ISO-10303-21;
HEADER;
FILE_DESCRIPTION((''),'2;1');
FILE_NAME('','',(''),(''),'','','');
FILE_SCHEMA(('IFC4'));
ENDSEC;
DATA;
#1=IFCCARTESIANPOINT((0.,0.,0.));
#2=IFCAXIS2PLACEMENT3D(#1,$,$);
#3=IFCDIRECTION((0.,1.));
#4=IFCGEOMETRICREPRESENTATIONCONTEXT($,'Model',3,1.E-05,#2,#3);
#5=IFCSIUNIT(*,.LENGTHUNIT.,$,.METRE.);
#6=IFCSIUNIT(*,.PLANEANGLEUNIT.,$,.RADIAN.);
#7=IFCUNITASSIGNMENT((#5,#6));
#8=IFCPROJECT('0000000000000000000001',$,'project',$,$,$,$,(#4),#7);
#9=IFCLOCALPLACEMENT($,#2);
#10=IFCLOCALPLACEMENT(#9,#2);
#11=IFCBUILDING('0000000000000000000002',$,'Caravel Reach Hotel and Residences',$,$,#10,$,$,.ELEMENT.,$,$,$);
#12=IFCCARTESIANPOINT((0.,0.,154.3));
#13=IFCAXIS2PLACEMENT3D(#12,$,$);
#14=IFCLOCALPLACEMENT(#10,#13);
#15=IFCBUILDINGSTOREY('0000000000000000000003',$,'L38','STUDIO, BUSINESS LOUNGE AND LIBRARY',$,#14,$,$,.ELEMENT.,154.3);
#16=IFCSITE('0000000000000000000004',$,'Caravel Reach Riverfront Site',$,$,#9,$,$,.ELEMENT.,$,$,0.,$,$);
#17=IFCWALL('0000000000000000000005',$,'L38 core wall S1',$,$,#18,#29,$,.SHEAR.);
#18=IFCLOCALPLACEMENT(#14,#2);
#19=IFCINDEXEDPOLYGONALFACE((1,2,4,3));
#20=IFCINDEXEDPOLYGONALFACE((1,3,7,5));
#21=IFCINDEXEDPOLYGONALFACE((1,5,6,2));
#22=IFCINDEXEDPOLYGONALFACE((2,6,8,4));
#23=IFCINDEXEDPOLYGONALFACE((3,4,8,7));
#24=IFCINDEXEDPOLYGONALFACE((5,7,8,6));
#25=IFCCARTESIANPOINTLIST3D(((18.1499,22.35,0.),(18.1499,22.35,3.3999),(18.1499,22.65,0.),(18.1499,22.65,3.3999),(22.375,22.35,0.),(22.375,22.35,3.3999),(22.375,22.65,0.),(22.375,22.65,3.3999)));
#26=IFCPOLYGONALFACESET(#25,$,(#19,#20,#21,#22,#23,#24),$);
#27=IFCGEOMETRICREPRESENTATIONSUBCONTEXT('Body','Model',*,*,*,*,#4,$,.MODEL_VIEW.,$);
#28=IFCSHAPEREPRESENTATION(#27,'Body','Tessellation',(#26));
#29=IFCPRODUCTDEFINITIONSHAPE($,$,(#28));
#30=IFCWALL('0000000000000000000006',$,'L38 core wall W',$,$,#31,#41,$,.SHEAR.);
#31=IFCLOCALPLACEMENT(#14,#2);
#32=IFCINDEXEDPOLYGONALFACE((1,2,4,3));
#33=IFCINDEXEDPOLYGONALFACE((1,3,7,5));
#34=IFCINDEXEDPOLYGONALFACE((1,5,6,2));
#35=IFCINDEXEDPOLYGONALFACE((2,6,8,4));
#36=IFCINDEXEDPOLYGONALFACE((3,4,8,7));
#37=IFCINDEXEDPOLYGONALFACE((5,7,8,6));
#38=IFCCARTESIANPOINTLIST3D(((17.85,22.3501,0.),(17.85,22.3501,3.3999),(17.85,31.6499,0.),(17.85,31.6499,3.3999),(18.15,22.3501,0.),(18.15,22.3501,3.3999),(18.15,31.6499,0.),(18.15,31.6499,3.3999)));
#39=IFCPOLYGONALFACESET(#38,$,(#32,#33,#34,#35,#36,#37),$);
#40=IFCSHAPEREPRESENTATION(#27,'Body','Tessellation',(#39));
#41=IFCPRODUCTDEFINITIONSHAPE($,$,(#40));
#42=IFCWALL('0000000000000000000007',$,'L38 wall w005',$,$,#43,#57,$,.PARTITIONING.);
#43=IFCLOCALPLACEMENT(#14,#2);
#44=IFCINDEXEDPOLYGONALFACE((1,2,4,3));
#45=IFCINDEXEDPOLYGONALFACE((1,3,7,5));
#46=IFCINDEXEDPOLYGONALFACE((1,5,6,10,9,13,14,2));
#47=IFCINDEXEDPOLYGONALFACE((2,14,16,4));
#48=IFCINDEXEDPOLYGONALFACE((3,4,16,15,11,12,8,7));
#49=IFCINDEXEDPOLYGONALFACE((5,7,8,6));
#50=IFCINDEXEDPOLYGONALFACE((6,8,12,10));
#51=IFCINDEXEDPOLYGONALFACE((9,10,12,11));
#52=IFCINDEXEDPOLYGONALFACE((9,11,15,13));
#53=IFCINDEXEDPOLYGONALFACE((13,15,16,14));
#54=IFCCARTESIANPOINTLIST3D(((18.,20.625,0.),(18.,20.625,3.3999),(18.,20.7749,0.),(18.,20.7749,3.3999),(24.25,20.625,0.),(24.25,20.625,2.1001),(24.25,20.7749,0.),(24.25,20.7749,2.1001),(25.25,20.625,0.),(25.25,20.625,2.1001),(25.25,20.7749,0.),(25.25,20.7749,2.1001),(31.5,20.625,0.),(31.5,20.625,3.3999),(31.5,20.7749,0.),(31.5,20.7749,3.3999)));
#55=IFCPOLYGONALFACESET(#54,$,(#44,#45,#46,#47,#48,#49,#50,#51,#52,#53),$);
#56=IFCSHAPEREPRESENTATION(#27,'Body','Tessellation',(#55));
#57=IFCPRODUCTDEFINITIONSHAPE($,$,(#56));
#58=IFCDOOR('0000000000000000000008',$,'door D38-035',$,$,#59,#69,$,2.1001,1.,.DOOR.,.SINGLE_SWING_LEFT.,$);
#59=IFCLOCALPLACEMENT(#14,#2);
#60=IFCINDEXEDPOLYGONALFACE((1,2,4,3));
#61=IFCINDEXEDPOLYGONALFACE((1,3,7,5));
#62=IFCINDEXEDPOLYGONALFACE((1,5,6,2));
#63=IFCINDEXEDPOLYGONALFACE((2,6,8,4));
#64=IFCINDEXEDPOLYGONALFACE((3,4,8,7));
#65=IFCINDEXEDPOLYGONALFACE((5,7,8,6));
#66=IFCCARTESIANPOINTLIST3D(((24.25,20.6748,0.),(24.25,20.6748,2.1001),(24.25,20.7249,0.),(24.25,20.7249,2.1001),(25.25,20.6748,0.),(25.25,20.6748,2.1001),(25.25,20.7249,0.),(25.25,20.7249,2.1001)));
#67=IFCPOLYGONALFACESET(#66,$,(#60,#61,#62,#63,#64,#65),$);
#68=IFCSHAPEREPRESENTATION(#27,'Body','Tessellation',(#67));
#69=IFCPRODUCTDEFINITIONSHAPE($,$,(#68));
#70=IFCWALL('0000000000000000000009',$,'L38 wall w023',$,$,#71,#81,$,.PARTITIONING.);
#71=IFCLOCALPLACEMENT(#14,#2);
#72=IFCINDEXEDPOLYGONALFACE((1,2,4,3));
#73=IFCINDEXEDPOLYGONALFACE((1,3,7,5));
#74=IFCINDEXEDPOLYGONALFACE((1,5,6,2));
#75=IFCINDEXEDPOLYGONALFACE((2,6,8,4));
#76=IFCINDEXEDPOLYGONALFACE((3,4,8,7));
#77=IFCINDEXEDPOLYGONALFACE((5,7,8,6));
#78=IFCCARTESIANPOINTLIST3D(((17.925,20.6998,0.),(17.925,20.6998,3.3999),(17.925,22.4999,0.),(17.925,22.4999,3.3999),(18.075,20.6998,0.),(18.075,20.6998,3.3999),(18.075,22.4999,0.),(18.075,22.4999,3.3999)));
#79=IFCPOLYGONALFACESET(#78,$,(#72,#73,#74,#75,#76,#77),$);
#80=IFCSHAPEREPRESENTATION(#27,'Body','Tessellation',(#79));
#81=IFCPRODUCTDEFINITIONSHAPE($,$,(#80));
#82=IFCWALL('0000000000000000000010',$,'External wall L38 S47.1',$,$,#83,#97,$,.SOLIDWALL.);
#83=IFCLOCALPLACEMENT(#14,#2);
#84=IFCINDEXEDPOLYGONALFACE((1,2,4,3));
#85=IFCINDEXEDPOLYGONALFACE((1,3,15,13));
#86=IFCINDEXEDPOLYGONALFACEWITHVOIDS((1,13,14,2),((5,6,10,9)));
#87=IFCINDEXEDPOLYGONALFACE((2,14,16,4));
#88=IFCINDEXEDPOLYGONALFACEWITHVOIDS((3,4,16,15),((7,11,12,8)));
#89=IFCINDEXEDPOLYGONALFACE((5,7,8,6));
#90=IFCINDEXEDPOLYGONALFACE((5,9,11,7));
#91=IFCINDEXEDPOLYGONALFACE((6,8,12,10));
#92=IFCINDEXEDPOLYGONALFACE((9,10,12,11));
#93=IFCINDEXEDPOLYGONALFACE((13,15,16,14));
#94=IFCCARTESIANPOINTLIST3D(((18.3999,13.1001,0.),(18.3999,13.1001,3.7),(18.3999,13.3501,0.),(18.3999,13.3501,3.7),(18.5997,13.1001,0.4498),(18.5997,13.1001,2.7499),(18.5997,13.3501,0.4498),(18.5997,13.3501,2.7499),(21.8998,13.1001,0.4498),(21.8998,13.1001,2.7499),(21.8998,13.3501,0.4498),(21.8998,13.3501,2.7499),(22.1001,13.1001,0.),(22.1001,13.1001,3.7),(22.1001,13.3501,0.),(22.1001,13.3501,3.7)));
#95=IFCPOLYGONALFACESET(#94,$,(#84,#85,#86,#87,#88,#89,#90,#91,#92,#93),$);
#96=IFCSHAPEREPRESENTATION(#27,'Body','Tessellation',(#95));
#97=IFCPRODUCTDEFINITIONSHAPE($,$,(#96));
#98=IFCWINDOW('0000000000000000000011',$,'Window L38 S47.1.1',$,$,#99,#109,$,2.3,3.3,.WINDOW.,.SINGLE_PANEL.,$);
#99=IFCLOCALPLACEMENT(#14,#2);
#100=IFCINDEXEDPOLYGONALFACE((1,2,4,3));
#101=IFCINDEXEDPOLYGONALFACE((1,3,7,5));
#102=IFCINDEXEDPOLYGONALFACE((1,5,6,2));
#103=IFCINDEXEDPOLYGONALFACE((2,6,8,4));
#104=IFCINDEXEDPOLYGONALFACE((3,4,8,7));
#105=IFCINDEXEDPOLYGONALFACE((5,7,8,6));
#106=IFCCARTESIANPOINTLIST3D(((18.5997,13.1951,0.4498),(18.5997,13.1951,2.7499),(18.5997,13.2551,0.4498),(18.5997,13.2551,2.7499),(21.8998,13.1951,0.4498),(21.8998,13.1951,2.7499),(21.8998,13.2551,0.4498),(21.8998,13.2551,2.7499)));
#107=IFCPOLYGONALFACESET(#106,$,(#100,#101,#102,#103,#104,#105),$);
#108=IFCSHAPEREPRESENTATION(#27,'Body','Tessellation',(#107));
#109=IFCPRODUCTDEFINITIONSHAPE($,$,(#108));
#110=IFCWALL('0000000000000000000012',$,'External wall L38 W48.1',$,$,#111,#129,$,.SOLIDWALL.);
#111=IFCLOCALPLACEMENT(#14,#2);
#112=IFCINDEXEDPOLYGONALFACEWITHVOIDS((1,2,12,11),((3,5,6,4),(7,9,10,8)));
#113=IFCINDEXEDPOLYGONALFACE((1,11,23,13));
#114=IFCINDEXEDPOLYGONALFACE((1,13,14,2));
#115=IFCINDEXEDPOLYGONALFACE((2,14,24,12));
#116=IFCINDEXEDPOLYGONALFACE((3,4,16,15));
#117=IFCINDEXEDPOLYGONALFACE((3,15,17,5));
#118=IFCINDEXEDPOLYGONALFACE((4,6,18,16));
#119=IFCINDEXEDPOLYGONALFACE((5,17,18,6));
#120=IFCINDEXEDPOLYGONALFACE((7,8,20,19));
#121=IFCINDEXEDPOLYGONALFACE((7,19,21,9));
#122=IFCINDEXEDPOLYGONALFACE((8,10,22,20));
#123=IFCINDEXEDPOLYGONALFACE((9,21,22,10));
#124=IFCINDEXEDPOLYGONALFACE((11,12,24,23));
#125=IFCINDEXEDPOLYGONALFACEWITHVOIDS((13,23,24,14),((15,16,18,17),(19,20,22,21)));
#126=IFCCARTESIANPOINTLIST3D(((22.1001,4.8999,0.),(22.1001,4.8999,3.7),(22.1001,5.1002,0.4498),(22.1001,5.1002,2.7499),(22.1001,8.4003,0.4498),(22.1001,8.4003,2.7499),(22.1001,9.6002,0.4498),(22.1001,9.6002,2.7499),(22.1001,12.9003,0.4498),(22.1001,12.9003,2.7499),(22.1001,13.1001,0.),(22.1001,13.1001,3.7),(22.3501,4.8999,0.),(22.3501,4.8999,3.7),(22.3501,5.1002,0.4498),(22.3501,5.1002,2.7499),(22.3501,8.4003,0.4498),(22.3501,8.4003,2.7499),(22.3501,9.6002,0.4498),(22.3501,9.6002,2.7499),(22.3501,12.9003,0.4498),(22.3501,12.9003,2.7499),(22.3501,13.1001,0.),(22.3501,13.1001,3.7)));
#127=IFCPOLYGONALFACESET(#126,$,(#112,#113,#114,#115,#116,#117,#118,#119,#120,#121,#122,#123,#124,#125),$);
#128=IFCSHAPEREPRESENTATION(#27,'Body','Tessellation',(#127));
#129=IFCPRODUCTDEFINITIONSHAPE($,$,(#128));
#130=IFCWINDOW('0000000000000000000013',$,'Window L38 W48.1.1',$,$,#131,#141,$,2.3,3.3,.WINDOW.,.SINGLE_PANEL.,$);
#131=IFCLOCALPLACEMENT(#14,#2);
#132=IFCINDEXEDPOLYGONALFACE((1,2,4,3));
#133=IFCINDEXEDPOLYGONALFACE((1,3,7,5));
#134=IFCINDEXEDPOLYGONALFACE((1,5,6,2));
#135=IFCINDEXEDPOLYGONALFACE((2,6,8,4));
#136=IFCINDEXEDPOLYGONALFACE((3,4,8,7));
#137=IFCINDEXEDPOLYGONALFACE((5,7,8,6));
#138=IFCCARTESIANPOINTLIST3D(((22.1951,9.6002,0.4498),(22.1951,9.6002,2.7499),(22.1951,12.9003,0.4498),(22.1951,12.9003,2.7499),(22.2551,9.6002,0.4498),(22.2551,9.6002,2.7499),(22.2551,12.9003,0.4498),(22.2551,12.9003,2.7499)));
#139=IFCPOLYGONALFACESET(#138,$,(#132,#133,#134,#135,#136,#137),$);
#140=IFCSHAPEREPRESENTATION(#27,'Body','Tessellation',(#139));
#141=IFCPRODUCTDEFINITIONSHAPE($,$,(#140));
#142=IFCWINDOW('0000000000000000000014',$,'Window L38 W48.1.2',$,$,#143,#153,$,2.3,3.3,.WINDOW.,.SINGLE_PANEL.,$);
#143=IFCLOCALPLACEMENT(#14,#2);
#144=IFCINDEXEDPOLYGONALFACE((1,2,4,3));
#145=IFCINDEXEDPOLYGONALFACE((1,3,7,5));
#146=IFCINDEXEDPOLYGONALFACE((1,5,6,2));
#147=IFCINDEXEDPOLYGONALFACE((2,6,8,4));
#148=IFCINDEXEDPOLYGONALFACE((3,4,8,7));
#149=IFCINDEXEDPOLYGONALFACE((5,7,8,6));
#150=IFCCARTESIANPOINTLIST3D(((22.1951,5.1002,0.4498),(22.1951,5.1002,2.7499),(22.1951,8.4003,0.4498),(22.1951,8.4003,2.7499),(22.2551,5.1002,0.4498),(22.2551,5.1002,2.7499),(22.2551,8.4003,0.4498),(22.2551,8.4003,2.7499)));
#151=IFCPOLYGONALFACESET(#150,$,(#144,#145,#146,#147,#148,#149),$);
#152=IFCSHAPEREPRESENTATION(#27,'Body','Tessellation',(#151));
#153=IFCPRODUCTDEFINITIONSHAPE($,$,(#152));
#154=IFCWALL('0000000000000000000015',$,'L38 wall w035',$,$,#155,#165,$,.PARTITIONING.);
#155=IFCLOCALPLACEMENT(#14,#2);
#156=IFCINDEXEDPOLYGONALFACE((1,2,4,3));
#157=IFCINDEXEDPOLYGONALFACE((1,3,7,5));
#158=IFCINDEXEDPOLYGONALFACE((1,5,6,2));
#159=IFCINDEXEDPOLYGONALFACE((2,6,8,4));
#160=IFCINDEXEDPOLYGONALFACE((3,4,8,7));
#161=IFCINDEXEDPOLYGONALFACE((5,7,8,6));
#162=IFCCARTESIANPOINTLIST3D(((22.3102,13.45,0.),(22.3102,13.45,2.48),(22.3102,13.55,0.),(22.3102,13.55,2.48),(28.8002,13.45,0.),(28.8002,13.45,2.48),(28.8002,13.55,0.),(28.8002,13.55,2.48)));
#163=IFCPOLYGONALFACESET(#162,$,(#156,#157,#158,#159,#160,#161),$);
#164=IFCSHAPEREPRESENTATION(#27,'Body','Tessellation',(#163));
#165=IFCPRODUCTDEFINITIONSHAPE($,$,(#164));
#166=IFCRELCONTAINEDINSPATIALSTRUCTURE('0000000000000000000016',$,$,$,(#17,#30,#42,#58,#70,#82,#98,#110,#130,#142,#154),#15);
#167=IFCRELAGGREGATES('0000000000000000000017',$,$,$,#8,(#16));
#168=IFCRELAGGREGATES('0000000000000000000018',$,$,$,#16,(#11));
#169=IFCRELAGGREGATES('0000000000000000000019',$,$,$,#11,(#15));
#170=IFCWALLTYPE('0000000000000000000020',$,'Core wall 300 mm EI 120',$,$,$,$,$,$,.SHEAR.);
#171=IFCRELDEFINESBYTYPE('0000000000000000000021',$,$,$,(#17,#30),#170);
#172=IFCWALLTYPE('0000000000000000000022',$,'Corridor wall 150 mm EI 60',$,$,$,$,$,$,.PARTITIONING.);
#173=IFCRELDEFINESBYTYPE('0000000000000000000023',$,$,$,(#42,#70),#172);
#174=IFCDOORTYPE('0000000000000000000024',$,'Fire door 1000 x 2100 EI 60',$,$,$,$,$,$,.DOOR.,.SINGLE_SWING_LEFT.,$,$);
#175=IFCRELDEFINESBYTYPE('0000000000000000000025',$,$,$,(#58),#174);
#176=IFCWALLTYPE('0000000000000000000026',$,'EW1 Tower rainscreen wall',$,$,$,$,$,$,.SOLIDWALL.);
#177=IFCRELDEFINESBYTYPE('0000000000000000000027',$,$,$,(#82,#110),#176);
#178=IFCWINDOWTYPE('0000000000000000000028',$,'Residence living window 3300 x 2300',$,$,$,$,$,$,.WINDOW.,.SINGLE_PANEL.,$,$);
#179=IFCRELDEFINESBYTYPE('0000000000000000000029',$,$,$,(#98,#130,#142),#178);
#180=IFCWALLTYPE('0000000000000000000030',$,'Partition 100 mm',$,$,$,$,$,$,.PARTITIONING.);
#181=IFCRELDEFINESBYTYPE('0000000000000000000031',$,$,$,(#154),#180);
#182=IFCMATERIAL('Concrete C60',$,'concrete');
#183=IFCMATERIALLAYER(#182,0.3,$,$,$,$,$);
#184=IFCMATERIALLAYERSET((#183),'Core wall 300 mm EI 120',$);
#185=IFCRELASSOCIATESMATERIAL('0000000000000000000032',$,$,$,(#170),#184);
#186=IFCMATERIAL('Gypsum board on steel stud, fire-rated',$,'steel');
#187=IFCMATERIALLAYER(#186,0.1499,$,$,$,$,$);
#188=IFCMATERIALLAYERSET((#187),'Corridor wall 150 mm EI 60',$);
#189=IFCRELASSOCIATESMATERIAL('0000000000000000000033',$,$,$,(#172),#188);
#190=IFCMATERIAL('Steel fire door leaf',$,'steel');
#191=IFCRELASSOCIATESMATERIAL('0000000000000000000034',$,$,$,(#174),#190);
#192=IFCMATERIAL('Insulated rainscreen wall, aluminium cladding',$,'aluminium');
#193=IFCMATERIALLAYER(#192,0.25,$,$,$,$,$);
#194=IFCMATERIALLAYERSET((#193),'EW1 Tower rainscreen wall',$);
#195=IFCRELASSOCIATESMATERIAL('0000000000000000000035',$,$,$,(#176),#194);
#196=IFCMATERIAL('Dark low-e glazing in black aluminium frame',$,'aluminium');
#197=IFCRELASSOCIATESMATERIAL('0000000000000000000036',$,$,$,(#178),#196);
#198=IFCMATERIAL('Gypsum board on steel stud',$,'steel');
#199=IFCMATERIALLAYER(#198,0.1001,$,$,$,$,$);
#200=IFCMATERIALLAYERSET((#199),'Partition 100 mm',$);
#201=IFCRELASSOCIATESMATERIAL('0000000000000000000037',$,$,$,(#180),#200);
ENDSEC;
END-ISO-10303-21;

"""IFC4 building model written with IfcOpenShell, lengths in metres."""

from ifc_helpers import new_model, si_unit, direction, frame, frame_2d, origin, place, context, subcontext, project, spatial, rectangle, extrude, material, layer, layer_set, type_object, element, fill, save


model = new_model("IFC4")

# Units and contexts
model_context = context("Model", 3, precision=1e-05, world=origin(), true_north=direction((0.0, 1.0)))
body_context = subcontext(model_context, "Body", "Model", "MODEL_VIEW")
ifc_project = project(units=[si_unit("LENGTHUNIT", "METRE"), si_unit("PLANEANGLEUNIT", "RADIAN")], contexts=[model_context])

# Site, building, storey
site_placement = place(None, origin())
site = spatial("IfcSite", under=ifc_project, at=site_placement, Name="Caravel Reach Riverfront Site", CompositionType="ELEMENT", RefElevation=0.0)
building_placement = place(site_placement, origin())
building = spatial("IfcBuilding", under=site, at=building_placement, Name="Caravel Reach Hotel and Residences", CompositionType="ELEMENT")
storey_placement = place(building_placement, frame((0.0, 0.0, 154.3)))
storey = spatial("IfcBuildingStorey", under=building, at=storey_placement, Name="L38", Description="STUDIO, BUSINESS LOUNGE AND LIBRARY", CompositionType="ELEMENT", Elevation=154.3)

# Walls
ifc_material_1 = material(Name="Concrete C60", Category="concrete")
ifc_layer_1 = layer(ifc_material_1, 0.3)
ifc_layer_set_1 = layer_set([ifc_layer_1], Name="Core wall 300 mm EI 120")
wall_type_1 = type_object("IfcWallType", Name="Core wall 300 mm EI 120", PredefinedType="SHEAR", material=ifc_layer_set_1)
wall_1_placement = place(storey_placement, frame((18.1499, 22.5, 0.0), z_axis=(0.0, 0.0, 1.0), x_axis=(1.0, 0.0, 0.0)))
element("IfcWall", 1, at=wall_1_placement, inside=storey, type_object=wall_type_1, Name="L38 core wall S1", PredefinedType="SHEAR", context=body_context, shape_type="SweptSolid", body=[
    extrude(rectangle(XDim=4.2251, YDim=0.3, at=frame_2d((2.1125, 0.0))), origin(), (0.0, 0.0, 1.0), 3.3999),
])
wall_2_placement = place(storey_placement, frame((18.0, 22.3501, 0.0), z_axis=(0.0, 0.0, 1.0), x_axis=(0.0, 1.0, 0.0)))
element("IfcWall", 2, at=wall_2_placement, inside=storey, type_object=wall_type_1, Name="L38 core wall W", PredefinedType="SHEAR", context=body_context, shape_type="SweptSolid", body=[
    extrude(rectangle(XDim=9.2998, YDim=0.3, at=frame_2d((4.6499, 0.0))), origin(), (0.0, 0.0, 1.0), 3.3999),
])

# Wall, opening, door
ifc_material_2 = material(Name="Gypsum board on steel stud, fire-rated", Category="steel")
ifc_layer_2 = layer(ifc_material_2, 0.1499)
ifc_layer_set_2 = layer_set([ifc_layer_2], Name="Corridor wall 150 mm EI 60")
wall_type_2 = type_object("IfcWallType", Name="Corridor wall 150 mm EI 60", PredefinedType="PARTITIONING", material=ifc_layer_set_2)
wall_3_placement = place(storey_placement, frame((18.0, 20.7, 0.0), z_axis=(0.0, 0.0, 1.0), x_axis=(1.0, 0.0, 0.0)))
wall_3 = element("IfcWall", 3, at=wall_3_placement, inside=storey, type_object=wall_type_2, Name="L38 wall w005", PredefinedType="PARTITIONING", context=body_context, shape_type="SweptSolid", body=[
    extrude(rectangle(XDim=13.5, YDim=0.1499, at=frame_2d((6.75, 0.0))), origin(), (0.0, 0.0, 1.0), 3.3999),
])
opening_1_placement = place(wall_3_placement, frame((6.25, 0.0, 0.0)))
opening_1 = element("IfcOpeningElement", 4, at=opening_1_placement, cuts=wall_3, PredefinedType="OPENING", context=body_context, shape_type="SweptSolid", body=[
    extrude(rectangle(XDim=1.0, YDim=2.1001, at=frame_2d((0.5, 1.05))), frame((0.0, 0.085, 0.0), z_axis=(0.0, -1.0, 0.0), x_axis=(1.0, 0.0, 0.0)), (0.0, 0.0, 1.0), 0.1699),
])
ifc_material_3 = material(Name="Steel fire door leaf", Category="steel")
door_type_1 = type_object("IfcDoorType", Name="Fire door 1000 x 2100 EI 60", OperationType="SINGLE_SWING_LEFT", PredefinedType="DOOR", material=ifc_material_3)
door_1_placement = place(opening_1_placement, origin())
door_1 = element("IfcDoor", 5, at=door_1_placement, inside=storey, type_object=door_type_1, Name="door D38-035", OperationType="SINGLE_SWING_LEFT", OverallHeight=2.1001, OverallWidth=1.0, PredefinedType="DOOR", context=body_context, shape_type="SweptSolid", body=[
    extrude(rectangle(XDim=1.0, YDim=2.1001, at=frame_2d((0.5, 1.05))), frame((0.0, 0.0249, 0.0), z_axis=(0.0, -1.0, 0.0), x_axis=(1.0, 0.0, 0.0)), (0.0, 0.0, 1.0), 0.05),
])
fill(opening_1, door_1)

# Wall
wall_4_placement = place(storey_placement, frame((18.0, 20.7, 0.0), z_axis=(0.0, 0.0, 1.0), x_axis=(0.0, 1.0, 0.0)))
element("IfcWall", 6, at=wall_4_placement, inside=storey, type_object=wall_type_2, Name="L38 wall w023", PredefinedType="PARTITIONING", context=body_context, shape_type="SweptSolid", body=[
    extrude(rectangle(XDim=1.8, YDim=0.1499, at=frame_2d((0.8999, 0.0))), origin(), (0.0, 0.0, 1.0), 3.3999),
])

# Wall, opening, window
ifc_material_4 = material(Name="Insulated rainscreen wall, aluminium cladding", Category="aluminium")
ifc_layer_3 = layer(ifc_material_4, 0.25)
ifc_layer_set_3 = layer_set([ifc_layer_3], Name="EW1 Tower rainscreen wall")
wall_type_3 = type_object("IfcWallType", Name="EW1 Tower rainscreen wall", PredefinedType="SOLIDWALL", material=ifc_layer_set_3)
wall_5_placement = place(storey_placement, frame((18.3999, 13.2251, 0.0), z_axis=(0.0, 0.0, 1.0), x_axis=(1.0, 0.0, 0.0)))
wall_5 = element("IfcWall", 7, at=wall_5_placement, inside=storey, type_object=wall_type_3, Name="External wall L38 S47.1", PredefinedType="SOLIDWALL", context=body_context, shape_type="SweptSolid", body=[
    extrude(rectangle(XDim=3.7002, YDim=0.25, at=frame_2d((1.8501, 0.0))), origin(), (0.0, 0.0, 1.0), 3.7),
])
opening_2_placement = place(wall_5_placement, frame((0.2, 0.0, 0.45)))
opening_2 = element("IfcOpeningElement", 8, at=opening_2_placement, cuts=wall_5, PredefinedType="OPENING", context=body_context, shape_type="SweptSolid", body=[
    extrude(rectangle(XDim=3.3, YDim=2.3, at=frame_2d((1.6499, 1.1499))), frame((0.0, 0.135, 0.0), z_axis=(0.0, -1.0, 0.0), x_axis=(1.0, 0.0, 0.0)), (0.0, 0.0, 1.0), 0.27),
])
ifc_material_5 = material(Name="Dark low-e glazing in black aluminium frame", Category="aluminium")
window_type = type_object("IfcWindowType", Name="Residence living window 3300 x 2300", PartitioningType="SINGLE_PANEL", PredefinedType="WINDOW", material=ifc_material_5)
window_1_placement = place(opening_2_placement, origin())
window_1 = element("IfcWindow", 9, at=window_1_placement, inside=storey, type_object=window_type, Name="Window L38 S47.1.1", OverallHeight=2.3, OverallWidth=3.3, PartitioningType="SINGLE_PANEL", PredefinedType="WINDOW", context=body_context, shape_type="SweptSolid", body=[
    extrude(rectangle(XDim=3.3, YDim=2.3, at=frame_2d((1.6499, 1.1499))), frame((0.0, 0.03, 0.0), z_axis=(0.0, -1.0, 0.0), x_axis=(1.0, 0.0, 0.0)), (0.0, 0.0, 1.0), 0.0601),
])
fill(opening_2, window_1)

# Wall, openings, windows
wall_6_placement = place(storey_placement, frame((22.2251, 13.1001, 0.0), z_axis=(0.0, 0.0, 1.0), x_axis=(0.0, -1.0, 0.0)))
wall_6 = element("IfcWall", 10, at=wall_6_placement, inside=storey, type_object=wall_type_3, Name="External wall L38 W48.1", PredefinedType="SOLIDWALL", context=body_context, shape_type="SweptSolid", body=[
    extrude(rectangle(XDim=8.2002, YDim=0.25, at=frame_2d((4.1001, 0.0))), origin(), (0.0, 0.0, 1.0), 3.7),
])
opening_3_placement = place(wall_6_placement, frame((0.2, 0.0, 0.45)))
opening_3 = element("IfcOpeningElement", 11, at=opening_3_placement, cuts=wall_6, PredefinedType="OPENING", context=body_context, shape_type="SweptSolid", body=[
    extrude(rectangle(XDim=3.3, YDim=2.3, at=frame_2d((1.6499, 1.1499))), frame((0.0, 0.135, 0.0), z_axis=(0.0, -1.0, 0.0), x_axis=(1.0, 0.0, 0.0)), (0.0, 0.0, 1.0), 0.27),
])
opening_4_placement = place(wall_6_placement, frame((4.7, 0.0, 0.45)))
opening_4 = element("IfcOpeningElement", 12, at=opening_4_placement, cuts=wall_6, PredefinedType="OPENING", context=body_context, shape_type="SweptSolid", body=[
    extrude(rectangle(XDim=3.3, YDim=2.3, at=frame_2d((1.6499, 1.1499))), frame((0.0, 0.135, 0.0), z_axis=(0.0, -1.0, 0.0), x_axis=(1.0, 0.0, 0.0)), (0.0, 0.0, 1.0), 0.27),
])
window_2_placement = place(opening_3_placement, origin())
window_2 = element("IfcWindow", 13, at=window_2_placement, inside=storey, type_object=window_type, Name="Window L38 W48.1.1", OverallHeight=2.3, OverallWidth=3.3, PartitioningType="SINGLE_PANEL", PredefinedType="WINDOW", context=body_context, shape_type="SweptSolid", body=[
    extrude(rectangle(XDim=3.3, YDim=2.3, at=frame_2d((1.6499, 1.1499))), frame((0.0, 0.03, 0.0), z_axis=(0.0, -1.0, 0.0), x_axis=(1.0, 0.0, 0.0)), (0.0, 0.0, 1.0), 0.0601),
])
fill(opening_3, window_2)
window_3_placement = place(opening_4_placement, origin())
window_3 = element("IfcWindow", 14, at=window_3_placement, inside=storey, type_object=window_type, Name="Window L38 W48.1.2", OverallHeight=2.3, OverallWidth=3.3, PartitioningType="SINGLE_PANEL", PredefinedType="WINDOW", context=body_context, shape_type="SweptSolid", body=[
    extrude(rectangle(XDim=3.3, YDim=2.3, at=frame_2d((1.6499, 1.1499))), frame((0.0, 0.03, 0.0), z_axis=(0.0, -1.0, 0.0), x_axis=(1.0, 0.0, 0.0)), (0.0, 0.0, 1.0), 0.0601),
])
fill(opening_4, window_3)

# Wall
ifc_material_6 = material(Name="Gypsum board on steel stud", Category="steel")
ifc_layer_4 = layer(ifc_material_6, 0.1001)
ifc_layer_set_4 = layer_set([ifc_layer_4], Name="Partition 100 mm")
wall_type_4 = type_object("IfcWallType", Name="Partition 100 mm", PredefinedType="PARTITIONING", material=ifc_layer_set_4)
wall_7_placement = place(storey_placement, frame((22.3101, 13.5, 0.0), z_axis=(0.0, 0.0, 1.0), x_axis=(1.0, 0.0, 0.0)))
element("IfcWall", 15, at=wall_7_placement, inside=storey, type_object=wall_type_4, Name="L38 wall w035", PredefinedType="PARTITIONING", context=body_context, shape_type="SweptSolid", body=[
    extrude(rectangle(XDim=6.49, YDim=0.1001, at=frame_2d((3.2451, 0.0))), origin(), (0.0, 0.0, 1.0), 2.48),
])

save(model, "model.ifc")
